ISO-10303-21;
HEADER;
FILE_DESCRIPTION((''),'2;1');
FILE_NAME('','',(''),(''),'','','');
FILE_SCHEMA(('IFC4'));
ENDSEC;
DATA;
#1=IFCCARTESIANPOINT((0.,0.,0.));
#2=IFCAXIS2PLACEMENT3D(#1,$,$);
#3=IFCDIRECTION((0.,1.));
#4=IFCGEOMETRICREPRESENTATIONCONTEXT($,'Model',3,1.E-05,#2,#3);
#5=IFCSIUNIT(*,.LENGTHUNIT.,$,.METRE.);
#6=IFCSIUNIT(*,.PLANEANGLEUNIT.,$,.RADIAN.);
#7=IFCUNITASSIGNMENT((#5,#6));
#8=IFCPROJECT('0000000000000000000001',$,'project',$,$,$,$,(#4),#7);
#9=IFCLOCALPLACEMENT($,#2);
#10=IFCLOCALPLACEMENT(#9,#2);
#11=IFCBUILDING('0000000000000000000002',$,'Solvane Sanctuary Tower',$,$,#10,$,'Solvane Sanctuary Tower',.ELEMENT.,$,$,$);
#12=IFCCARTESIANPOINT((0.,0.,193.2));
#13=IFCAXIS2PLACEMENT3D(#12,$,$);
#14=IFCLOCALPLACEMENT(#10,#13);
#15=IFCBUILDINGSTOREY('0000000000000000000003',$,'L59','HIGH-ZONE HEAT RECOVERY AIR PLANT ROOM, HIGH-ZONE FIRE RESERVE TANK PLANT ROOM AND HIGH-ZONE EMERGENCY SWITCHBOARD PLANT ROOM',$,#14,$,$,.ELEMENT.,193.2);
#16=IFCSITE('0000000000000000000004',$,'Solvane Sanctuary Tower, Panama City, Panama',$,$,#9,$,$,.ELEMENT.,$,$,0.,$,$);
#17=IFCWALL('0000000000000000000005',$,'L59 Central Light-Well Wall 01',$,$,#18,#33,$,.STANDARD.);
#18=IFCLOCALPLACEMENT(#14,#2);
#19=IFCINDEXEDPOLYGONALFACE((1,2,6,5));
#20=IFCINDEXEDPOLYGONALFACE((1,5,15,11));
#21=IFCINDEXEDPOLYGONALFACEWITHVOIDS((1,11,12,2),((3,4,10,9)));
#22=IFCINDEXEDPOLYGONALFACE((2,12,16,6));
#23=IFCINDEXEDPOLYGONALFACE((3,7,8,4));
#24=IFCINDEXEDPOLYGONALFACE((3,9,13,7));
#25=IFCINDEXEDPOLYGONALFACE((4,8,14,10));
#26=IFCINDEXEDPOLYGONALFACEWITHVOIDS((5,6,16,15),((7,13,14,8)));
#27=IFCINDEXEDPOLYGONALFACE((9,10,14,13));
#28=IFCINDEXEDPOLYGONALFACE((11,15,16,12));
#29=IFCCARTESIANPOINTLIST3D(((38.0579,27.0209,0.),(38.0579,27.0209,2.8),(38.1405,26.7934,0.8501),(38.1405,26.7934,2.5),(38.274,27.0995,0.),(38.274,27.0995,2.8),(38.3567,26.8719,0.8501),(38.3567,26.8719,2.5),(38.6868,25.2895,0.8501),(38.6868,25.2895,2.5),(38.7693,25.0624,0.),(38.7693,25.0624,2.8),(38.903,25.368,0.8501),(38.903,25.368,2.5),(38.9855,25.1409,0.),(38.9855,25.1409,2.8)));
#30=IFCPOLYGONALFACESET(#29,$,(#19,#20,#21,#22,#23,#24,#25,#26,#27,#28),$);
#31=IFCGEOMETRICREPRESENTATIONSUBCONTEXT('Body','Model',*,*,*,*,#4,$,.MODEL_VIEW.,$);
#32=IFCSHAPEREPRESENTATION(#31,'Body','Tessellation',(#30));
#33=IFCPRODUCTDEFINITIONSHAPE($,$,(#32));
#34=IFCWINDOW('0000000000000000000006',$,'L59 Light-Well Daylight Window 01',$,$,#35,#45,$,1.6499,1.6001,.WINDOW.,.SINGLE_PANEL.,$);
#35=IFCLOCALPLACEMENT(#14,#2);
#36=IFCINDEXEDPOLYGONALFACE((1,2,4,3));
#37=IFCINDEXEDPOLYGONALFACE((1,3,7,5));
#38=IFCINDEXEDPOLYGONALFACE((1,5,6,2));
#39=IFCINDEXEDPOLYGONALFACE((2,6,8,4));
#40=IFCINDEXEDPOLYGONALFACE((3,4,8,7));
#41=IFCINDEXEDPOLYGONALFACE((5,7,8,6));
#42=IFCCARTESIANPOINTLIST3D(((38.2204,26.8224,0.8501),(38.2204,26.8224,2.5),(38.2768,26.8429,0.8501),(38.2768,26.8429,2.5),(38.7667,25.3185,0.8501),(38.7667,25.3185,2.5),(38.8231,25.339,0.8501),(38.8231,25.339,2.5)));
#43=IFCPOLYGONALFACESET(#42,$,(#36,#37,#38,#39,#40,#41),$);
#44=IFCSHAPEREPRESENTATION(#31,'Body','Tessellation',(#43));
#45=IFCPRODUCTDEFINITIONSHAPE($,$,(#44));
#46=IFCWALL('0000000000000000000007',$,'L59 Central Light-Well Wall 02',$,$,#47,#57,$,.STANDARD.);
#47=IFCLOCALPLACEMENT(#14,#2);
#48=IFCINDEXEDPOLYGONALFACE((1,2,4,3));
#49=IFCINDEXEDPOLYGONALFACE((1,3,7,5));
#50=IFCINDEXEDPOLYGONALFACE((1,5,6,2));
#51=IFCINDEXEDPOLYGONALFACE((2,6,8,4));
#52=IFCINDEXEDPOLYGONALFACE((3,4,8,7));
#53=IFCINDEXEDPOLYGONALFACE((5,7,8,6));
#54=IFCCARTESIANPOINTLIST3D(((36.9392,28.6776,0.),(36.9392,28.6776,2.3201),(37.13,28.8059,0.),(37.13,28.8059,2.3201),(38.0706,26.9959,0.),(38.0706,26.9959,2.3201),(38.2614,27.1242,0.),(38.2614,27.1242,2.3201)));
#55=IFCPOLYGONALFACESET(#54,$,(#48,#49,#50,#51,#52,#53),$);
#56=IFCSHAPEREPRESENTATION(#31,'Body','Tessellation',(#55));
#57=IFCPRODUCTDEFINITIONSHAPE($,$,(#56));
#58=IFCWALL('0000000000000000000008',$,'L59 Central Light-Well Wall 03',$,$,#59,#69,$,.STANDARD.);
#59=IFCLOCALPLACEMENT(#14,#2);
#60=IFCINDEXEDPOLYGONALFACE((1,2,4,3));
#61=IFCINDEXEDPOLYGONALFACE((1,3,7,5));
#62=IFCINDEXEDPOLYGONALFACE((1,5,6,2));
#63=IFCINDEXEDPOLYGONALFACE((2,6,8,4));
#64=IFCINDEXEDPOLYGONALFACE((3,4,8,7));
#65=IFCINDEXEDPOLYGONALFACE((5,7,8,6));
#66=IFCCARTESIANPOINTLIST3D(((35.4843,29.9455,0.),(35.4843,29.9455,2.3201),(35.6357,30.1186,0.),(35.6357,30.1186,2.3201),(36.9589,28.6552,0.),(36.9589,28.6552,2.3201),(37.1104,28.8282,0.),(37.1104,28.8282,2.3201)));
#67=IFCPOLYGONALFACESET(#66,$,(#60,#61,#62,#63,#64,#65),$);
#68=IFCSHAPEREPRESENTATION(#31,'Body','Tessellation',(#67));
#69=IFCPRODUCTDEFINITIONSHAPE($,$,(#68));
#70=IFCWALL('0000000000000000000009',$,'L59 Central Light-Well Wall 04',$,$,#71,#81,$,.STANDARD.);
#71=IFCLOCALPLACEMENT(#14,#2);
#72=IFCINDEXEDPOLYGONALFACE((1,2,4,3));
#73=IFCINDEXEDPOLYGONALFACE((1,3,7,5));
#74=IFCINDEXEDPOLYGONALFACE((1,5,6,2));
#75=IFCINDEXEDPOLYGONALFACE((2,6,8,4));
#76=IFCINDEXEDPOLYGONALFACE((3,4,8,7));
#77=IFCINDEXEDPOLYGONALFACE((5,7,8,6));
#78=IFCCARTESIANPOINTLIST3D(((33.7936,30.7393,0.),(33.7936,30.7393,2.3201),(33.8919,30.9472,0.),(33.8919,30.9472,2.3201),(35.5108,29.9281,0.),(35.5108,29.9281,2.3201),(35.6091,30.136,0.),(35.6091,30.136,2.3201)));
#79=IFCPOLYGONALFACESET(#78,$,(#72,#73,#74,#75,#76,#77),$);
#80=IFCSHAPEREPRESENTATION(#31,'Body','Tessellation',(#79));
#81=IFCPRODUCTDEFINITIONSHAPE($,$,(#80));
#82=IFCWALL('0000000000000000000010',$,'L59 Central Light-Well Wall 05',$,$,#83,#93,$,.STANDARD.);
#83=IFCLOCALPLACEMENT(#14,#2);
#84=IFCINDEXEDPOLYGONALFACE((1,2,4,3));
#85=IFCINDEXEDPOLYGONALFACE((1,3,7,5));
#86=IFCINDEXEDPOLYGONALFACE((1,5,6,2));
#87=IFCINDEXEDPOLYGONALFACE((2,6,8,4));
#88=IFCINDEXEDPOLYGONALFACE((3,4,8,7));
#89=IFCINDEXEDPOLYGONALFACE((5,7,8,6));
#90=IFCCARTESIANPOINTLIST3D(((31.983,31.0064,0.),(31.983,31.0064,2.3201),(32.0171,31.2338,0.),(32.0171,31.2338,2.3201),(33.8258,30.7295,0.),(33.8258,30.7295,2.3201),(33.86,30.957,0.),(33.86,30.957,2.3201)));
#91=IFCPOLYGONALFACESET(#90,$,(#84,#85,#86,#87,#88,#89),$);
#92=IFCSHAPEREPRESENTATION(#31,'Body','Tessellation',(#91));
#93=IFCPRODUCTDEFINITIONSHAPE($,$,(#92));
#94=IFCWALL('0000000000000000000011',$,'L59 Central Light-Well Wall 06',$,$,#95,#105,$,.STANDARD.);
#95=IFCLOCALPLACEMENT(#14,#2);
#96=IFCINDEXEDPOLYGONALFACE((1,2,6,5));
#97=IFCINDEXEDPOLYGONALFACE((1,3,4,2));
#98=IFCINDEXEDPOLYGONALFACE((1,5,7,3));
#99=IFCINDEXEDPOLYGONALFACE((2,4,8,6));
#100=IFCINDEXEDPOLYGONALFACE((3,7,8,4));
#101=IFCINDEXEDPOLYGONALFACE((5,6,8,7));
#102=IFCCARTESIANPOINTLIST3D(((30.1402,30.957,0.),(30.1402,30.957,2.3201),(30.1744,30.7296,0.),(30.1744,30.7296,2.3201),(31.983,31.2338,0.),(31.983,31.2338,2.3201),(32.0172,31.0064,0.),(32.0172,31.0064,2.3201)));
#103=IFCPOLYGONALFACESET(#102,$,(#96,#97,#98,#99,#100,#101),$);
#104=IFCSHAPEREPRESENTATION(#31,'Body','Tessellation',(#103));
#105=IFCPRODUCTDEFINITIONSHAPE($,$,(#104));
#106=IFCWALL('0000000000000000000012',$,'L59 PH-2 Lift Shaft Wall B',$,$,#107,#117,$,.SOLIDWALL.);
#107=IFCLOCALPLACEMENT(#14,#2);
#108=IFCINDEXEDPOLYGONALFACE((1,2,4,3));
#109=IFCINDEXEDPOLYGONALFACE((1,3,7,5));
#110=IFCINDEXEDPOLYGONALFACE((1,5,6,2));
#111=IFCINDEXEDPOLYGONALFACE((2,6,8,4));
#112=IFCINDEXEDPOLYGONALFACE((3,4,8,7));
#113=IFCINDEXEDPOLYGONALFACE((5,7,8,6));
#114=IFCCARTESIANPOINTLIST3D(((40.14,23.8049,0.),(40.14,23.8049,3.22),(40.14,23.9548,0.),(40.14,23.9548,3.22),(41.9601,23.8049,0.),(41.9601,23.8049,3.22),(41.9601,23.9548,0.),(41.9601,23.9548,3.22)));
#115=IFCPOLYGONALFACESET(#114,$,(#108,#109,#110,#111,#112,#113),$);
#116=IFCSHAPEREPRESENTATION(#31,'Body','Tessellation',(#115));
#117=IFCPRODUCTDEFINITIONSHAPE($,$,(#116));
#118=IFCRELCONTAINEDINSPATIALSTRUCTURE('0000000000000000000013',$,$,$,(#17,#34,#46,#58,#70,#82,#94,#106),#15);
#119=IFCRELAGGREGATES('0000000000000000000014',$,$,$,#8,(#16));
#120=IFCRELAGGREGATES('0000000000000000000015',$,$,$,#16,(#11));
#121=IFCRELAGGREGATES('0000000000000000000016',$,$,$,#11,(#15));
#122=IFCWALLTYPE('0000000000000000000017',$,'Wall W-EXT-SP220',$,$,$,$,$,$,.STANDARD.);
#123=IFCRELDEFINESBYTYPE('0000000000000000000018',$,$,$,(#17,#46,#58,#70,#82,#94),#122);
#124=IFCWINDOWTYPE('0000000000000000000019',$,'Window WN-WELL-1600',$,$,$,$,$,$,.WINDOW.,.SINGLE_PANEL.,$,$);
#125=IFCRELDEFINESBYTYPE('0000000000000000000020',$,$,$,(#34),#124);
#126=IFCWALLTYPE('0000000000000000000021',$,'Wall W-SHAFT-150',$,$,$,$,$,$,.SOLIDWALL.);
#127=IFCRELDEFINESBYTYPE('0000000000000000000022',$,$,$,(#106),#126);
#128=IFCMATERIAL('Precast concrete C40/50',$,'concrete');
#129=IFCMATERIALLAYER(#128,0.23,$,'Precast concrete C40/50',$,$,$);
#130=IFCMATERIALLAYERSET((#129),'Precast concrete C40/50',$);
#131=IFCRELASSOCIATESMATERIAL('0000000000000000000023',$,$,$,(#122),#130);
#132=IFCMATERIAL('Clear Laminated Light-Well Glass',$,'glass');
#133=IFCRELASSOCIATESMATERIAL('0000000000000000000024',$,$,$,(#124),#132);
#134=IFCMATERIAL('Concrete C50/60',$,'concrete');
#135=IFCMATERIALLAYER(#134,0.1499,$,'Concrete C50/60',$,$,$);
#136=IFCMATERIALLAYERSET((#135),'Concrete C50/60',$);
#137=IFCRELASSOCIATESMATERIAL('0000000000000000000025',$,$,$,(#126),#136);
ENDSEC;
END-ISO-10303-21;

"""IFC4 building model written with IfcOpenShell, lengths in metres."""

from ifc_helpers import new_model, si_unit, direction, frame, frame_2d, origin, place, context, subcontext, project, spatial, rectangle, extrude, material, layer, layer_set, type_object, element, fill, save


model = new_model("IFC4")

# Units and contexts
model_context = context("Model", 3, precision=1e-05, world=origin(), true_north=direction((0.0, 1.0)))
body_context = subcontext(model_context, "Body", "Model", "MODEL_VIEW")
ifc_project = project(units=[si_unit("LENGTHUNIT", "METRE"), si_unit("PLANEANGLEUNIT", "RADIAN")], contexts=[model_context])

# Site, building, storey
site_placement = place(None, origin())
site = spatial("IfcSite", under=ifc_project, at=site_placement, Name="Solvane Sanctuary Tower, Panama City, Panama", CompositionType="ELEMENT", RefElevation=0.0)
building_placement = place(site_placement, origin())
building = spatial("IfcBuilding", under=site, at=building_placement, Name="Solvane Sanctuary Tower", LongName="Solvane Sanctuary Tower", CompositionType="ELEMENT")
storey_placement = place(building_placement, frame((0.0, 0.0, 193.2)))
storey = spatial("IfcBuildingStorey", under=building, at=storey_placement, Name="L59", Description="HIGH-ZONE HEAT RECOVERY AIR PLANT ROOM, HIGH-ZONE FIRE RESERVE TANK PLANT ROOM AND HIGH-ZONE EMERGENCY SWITCHBOARD PLANT ROOM", CompositionType="ELEMENT", Elevation=193.2)

# Shared definitions
ifc_material_1 = material(Name="Concrete C50/60", Category="concrete")

# Shared definitions
ifc_material_2 = material(Name="Precast concrete C40/50", Category="concrete")
ifc_layer_1 = layer(ifc_material_2, 0.23, Name="Precast concrete C40/50")
ifc_layer_set_1 = layer_set([ifc_layer_1], Name="Precast concrete C40/50")
wall_type_1 = type_object("IfcWallType", Name="Wall W-EXT-SP220", PredefinedType="STANDARD", material=ifc_layer_set_1)

# Wall, opening, window
wall_1_placement = place(storey_placement, frame((38.8774, 25.1016, 0.0), z_axis=(0.0, 0.0, 1.0), x_axis=(-0.341423, 0.93991, 0.0)))
wall_1 = element("IfcWall", 1, at=wall_1_placement, inside=storey, type_object=wall_type_1, Name="L59 Central Light-Well Wall 01", PredefinedType="STANDARD", context=body_context, shape_type="SweptSolid", body=[
    extrude(rectangle(XDim=2.0837, YDim=0.23, at=frame_2d((1.042, 0.0))), origin(), (0.0, 0.0, 1.0), 2.8),
])
opening_1_placement = place(wall_1_placement, frame((0.2417, 0.0, 0.8501)))
opening_1 = element("IfcOpeningElement", 2, at=opening_1_placement, cuts=wall_1, PredefinedType="OPENING", context=body_context, shape_type="SweptSolid", body=[
    extrude(rectangle(XDim=1.6001, YDim=1.6499, at=frame_2d((0.8, 0.825))), frame((0.0, 0.125, 0.0), z_axis=(0.0, -1.0, 0.0), x_axis=(1.0, 0.0, 0.0)), (0.0, 0.0, 1.0), 0.25),
])
ifc_material_3 = material(Name="Clear Laminated Light-Well Glass", Category="glass")
window_type = type_object("IfcWindowType", Name="Window WN-WELL-1600", PartitioningType="SINGLE_PANEL", PredefinedType="WINDOW", material=ifc_material_3)
window_placement = place(opening_1_placement, origin())
window = element("IfcWindow", 3, at=window_placement, inside=storey, type_object=window_type, Name="L59 Light-Well Daylight Window 01", OverallHeight=1.6499, OverallWidth=1.6001, PartitioningType="SINGLE_PANEL", PredefinedType="WINDOW", context=body_context, shape_type="SweptSolid", body=[
    extrude(rectangle(XDim=1.6001, YDim=1.6499, at=frame_2d((0.8, 0.825))), frame((0.0, 0.03, 0.0), z_axis=(0.0, -1.0, 0.0), x_axis=(1.0, 0.0, 0.0)), (0.0, 0.0, 1.0), 0.0601),
])
fill(opening_1, window)

# Walls
wall_2_placement = place(storey_placement, frame((38.166, 27.0601, 0.0), z_axis=(0.0, 0.0, 1.0), x_axis=(-0.558198, 0.829708, 0.0)))
element("IfcWall", 4, at=wall_2_placement, inside=storey, type_object=wall_type_1, Name="L59 Central Light-Well Wall 02", PredefinedType="STANDARD", context=body_context, shape_type="SweptSolid", body=[
    extrude(rectangle(XDim=2.0269, YDim=0.23, at=frame_2d((1.0134, 0.0))), origin(), (0.0, 0.0, 1.0), 2.3201),
])
wall_3_placement = place(storey_placement, frame((37.0347, 28.7417, 0.0), z_axis=(0.0, 0.0, 1.0), x_axis=(-0.752577, 0.658505, 0.0)))
element("IfcWall", 5, at=wall_3_placement, inside=storey, type_object=wall_type_1, Name="L59 Central Light-Well Wall 03", PredefinedType="STANDARD", context=body_context, shape_type="SweptSolid", body=[
    extrude(rectangle(XDim=1.9595, YDim=0.23, at=frame_2d((0.9797, 0.0))), origin(), (0.0, 0.0, 1.0), 2.3201),
])
wall_4_placement = place(storey_placement, frame((35.5601, 30.032, 0.0), z_axis=(0.0, 0.0, 1.0), x_axis=(-0.90418, 0.427152, 0.0)))
element("IfcWall", 6, at=wall_4_placement, inside=storey, type_object=wall_type_1, Name="L59 Central Light-Well Wall 04", PredefinedType="STANDARD", context=body_context, shape_type="SweptSolid", body=[
    extrude(rectangle(XDim=1.8992, YDim=0.23, at=frame_2d((0.9497, 0.0))), origin(), (0.0, 0.0, 1.0), 2.3201),
])
for number, where, z_axis, x_axis, name in (
    (7, (33.8428, 30.8433, 0.0), (0.0, 0.0, 1.0), (-0.988902, 0.148571, 0.0), "L59 Central Light-Well Wall 05"),
    (8, (32.0, 31.1201, 0.0), (0.0, 0.0, 1.0), (-0.988902, -0.148571, 0.0), "L59 Central Light-Well Wall 06"),
):
    element("IfcWall", number, at=place(storey_placement, frame(where, z_axis=z_axis, x_axis=x_axis)), inside=storey, type_object=wall_type_1, Name=name, PredefinedType="STANDARD", context=body_context, shape_type="SweptSolid", body=[
        extrude(rectangle(XDim=1.8635, YDim=0.23, at=frame_2d((0.9316, 0.0))), origin(), (0.0, 0.0, 1.0), 2.3201),
    ])
ifc_layer_2 = layer(ifc_material_1, 0.1499, Name="Concrete C50/60")
ifc_layer_set_2 = layer_set([ifc_layer_2], Name="Concrete C50/60")
wall_type_2 = type_object("IfcWallType", Name="Wall W-SHAFT-150", PredefinedType="SOLIDWALL", material=ifc_layer_set_2)
wall_5_placement = place(storey_placement, frame((40.1399, 23.8799, 0.0), z_axis=(0.0, 0.0, 1.0), x_axis=(1.0, 0.0, 0.0)))
element("IfcWall", 9, at=wall_5_placement, inside=storey, type_object=wall_type_2, Name="L59 PH-2 Lift Shaft Wall B", PredefinedType="SOLIDWALL", context=body_context, shape_type="SweptSolid", body=[
    extrude(rectangle(XDim=1.8201, YDim=0.1499, at=frame_2d((0.9102, 0.0))), origin(), (0.0, 0.0, 1.0), 3.22),
])

save(model, "model.ifc")
